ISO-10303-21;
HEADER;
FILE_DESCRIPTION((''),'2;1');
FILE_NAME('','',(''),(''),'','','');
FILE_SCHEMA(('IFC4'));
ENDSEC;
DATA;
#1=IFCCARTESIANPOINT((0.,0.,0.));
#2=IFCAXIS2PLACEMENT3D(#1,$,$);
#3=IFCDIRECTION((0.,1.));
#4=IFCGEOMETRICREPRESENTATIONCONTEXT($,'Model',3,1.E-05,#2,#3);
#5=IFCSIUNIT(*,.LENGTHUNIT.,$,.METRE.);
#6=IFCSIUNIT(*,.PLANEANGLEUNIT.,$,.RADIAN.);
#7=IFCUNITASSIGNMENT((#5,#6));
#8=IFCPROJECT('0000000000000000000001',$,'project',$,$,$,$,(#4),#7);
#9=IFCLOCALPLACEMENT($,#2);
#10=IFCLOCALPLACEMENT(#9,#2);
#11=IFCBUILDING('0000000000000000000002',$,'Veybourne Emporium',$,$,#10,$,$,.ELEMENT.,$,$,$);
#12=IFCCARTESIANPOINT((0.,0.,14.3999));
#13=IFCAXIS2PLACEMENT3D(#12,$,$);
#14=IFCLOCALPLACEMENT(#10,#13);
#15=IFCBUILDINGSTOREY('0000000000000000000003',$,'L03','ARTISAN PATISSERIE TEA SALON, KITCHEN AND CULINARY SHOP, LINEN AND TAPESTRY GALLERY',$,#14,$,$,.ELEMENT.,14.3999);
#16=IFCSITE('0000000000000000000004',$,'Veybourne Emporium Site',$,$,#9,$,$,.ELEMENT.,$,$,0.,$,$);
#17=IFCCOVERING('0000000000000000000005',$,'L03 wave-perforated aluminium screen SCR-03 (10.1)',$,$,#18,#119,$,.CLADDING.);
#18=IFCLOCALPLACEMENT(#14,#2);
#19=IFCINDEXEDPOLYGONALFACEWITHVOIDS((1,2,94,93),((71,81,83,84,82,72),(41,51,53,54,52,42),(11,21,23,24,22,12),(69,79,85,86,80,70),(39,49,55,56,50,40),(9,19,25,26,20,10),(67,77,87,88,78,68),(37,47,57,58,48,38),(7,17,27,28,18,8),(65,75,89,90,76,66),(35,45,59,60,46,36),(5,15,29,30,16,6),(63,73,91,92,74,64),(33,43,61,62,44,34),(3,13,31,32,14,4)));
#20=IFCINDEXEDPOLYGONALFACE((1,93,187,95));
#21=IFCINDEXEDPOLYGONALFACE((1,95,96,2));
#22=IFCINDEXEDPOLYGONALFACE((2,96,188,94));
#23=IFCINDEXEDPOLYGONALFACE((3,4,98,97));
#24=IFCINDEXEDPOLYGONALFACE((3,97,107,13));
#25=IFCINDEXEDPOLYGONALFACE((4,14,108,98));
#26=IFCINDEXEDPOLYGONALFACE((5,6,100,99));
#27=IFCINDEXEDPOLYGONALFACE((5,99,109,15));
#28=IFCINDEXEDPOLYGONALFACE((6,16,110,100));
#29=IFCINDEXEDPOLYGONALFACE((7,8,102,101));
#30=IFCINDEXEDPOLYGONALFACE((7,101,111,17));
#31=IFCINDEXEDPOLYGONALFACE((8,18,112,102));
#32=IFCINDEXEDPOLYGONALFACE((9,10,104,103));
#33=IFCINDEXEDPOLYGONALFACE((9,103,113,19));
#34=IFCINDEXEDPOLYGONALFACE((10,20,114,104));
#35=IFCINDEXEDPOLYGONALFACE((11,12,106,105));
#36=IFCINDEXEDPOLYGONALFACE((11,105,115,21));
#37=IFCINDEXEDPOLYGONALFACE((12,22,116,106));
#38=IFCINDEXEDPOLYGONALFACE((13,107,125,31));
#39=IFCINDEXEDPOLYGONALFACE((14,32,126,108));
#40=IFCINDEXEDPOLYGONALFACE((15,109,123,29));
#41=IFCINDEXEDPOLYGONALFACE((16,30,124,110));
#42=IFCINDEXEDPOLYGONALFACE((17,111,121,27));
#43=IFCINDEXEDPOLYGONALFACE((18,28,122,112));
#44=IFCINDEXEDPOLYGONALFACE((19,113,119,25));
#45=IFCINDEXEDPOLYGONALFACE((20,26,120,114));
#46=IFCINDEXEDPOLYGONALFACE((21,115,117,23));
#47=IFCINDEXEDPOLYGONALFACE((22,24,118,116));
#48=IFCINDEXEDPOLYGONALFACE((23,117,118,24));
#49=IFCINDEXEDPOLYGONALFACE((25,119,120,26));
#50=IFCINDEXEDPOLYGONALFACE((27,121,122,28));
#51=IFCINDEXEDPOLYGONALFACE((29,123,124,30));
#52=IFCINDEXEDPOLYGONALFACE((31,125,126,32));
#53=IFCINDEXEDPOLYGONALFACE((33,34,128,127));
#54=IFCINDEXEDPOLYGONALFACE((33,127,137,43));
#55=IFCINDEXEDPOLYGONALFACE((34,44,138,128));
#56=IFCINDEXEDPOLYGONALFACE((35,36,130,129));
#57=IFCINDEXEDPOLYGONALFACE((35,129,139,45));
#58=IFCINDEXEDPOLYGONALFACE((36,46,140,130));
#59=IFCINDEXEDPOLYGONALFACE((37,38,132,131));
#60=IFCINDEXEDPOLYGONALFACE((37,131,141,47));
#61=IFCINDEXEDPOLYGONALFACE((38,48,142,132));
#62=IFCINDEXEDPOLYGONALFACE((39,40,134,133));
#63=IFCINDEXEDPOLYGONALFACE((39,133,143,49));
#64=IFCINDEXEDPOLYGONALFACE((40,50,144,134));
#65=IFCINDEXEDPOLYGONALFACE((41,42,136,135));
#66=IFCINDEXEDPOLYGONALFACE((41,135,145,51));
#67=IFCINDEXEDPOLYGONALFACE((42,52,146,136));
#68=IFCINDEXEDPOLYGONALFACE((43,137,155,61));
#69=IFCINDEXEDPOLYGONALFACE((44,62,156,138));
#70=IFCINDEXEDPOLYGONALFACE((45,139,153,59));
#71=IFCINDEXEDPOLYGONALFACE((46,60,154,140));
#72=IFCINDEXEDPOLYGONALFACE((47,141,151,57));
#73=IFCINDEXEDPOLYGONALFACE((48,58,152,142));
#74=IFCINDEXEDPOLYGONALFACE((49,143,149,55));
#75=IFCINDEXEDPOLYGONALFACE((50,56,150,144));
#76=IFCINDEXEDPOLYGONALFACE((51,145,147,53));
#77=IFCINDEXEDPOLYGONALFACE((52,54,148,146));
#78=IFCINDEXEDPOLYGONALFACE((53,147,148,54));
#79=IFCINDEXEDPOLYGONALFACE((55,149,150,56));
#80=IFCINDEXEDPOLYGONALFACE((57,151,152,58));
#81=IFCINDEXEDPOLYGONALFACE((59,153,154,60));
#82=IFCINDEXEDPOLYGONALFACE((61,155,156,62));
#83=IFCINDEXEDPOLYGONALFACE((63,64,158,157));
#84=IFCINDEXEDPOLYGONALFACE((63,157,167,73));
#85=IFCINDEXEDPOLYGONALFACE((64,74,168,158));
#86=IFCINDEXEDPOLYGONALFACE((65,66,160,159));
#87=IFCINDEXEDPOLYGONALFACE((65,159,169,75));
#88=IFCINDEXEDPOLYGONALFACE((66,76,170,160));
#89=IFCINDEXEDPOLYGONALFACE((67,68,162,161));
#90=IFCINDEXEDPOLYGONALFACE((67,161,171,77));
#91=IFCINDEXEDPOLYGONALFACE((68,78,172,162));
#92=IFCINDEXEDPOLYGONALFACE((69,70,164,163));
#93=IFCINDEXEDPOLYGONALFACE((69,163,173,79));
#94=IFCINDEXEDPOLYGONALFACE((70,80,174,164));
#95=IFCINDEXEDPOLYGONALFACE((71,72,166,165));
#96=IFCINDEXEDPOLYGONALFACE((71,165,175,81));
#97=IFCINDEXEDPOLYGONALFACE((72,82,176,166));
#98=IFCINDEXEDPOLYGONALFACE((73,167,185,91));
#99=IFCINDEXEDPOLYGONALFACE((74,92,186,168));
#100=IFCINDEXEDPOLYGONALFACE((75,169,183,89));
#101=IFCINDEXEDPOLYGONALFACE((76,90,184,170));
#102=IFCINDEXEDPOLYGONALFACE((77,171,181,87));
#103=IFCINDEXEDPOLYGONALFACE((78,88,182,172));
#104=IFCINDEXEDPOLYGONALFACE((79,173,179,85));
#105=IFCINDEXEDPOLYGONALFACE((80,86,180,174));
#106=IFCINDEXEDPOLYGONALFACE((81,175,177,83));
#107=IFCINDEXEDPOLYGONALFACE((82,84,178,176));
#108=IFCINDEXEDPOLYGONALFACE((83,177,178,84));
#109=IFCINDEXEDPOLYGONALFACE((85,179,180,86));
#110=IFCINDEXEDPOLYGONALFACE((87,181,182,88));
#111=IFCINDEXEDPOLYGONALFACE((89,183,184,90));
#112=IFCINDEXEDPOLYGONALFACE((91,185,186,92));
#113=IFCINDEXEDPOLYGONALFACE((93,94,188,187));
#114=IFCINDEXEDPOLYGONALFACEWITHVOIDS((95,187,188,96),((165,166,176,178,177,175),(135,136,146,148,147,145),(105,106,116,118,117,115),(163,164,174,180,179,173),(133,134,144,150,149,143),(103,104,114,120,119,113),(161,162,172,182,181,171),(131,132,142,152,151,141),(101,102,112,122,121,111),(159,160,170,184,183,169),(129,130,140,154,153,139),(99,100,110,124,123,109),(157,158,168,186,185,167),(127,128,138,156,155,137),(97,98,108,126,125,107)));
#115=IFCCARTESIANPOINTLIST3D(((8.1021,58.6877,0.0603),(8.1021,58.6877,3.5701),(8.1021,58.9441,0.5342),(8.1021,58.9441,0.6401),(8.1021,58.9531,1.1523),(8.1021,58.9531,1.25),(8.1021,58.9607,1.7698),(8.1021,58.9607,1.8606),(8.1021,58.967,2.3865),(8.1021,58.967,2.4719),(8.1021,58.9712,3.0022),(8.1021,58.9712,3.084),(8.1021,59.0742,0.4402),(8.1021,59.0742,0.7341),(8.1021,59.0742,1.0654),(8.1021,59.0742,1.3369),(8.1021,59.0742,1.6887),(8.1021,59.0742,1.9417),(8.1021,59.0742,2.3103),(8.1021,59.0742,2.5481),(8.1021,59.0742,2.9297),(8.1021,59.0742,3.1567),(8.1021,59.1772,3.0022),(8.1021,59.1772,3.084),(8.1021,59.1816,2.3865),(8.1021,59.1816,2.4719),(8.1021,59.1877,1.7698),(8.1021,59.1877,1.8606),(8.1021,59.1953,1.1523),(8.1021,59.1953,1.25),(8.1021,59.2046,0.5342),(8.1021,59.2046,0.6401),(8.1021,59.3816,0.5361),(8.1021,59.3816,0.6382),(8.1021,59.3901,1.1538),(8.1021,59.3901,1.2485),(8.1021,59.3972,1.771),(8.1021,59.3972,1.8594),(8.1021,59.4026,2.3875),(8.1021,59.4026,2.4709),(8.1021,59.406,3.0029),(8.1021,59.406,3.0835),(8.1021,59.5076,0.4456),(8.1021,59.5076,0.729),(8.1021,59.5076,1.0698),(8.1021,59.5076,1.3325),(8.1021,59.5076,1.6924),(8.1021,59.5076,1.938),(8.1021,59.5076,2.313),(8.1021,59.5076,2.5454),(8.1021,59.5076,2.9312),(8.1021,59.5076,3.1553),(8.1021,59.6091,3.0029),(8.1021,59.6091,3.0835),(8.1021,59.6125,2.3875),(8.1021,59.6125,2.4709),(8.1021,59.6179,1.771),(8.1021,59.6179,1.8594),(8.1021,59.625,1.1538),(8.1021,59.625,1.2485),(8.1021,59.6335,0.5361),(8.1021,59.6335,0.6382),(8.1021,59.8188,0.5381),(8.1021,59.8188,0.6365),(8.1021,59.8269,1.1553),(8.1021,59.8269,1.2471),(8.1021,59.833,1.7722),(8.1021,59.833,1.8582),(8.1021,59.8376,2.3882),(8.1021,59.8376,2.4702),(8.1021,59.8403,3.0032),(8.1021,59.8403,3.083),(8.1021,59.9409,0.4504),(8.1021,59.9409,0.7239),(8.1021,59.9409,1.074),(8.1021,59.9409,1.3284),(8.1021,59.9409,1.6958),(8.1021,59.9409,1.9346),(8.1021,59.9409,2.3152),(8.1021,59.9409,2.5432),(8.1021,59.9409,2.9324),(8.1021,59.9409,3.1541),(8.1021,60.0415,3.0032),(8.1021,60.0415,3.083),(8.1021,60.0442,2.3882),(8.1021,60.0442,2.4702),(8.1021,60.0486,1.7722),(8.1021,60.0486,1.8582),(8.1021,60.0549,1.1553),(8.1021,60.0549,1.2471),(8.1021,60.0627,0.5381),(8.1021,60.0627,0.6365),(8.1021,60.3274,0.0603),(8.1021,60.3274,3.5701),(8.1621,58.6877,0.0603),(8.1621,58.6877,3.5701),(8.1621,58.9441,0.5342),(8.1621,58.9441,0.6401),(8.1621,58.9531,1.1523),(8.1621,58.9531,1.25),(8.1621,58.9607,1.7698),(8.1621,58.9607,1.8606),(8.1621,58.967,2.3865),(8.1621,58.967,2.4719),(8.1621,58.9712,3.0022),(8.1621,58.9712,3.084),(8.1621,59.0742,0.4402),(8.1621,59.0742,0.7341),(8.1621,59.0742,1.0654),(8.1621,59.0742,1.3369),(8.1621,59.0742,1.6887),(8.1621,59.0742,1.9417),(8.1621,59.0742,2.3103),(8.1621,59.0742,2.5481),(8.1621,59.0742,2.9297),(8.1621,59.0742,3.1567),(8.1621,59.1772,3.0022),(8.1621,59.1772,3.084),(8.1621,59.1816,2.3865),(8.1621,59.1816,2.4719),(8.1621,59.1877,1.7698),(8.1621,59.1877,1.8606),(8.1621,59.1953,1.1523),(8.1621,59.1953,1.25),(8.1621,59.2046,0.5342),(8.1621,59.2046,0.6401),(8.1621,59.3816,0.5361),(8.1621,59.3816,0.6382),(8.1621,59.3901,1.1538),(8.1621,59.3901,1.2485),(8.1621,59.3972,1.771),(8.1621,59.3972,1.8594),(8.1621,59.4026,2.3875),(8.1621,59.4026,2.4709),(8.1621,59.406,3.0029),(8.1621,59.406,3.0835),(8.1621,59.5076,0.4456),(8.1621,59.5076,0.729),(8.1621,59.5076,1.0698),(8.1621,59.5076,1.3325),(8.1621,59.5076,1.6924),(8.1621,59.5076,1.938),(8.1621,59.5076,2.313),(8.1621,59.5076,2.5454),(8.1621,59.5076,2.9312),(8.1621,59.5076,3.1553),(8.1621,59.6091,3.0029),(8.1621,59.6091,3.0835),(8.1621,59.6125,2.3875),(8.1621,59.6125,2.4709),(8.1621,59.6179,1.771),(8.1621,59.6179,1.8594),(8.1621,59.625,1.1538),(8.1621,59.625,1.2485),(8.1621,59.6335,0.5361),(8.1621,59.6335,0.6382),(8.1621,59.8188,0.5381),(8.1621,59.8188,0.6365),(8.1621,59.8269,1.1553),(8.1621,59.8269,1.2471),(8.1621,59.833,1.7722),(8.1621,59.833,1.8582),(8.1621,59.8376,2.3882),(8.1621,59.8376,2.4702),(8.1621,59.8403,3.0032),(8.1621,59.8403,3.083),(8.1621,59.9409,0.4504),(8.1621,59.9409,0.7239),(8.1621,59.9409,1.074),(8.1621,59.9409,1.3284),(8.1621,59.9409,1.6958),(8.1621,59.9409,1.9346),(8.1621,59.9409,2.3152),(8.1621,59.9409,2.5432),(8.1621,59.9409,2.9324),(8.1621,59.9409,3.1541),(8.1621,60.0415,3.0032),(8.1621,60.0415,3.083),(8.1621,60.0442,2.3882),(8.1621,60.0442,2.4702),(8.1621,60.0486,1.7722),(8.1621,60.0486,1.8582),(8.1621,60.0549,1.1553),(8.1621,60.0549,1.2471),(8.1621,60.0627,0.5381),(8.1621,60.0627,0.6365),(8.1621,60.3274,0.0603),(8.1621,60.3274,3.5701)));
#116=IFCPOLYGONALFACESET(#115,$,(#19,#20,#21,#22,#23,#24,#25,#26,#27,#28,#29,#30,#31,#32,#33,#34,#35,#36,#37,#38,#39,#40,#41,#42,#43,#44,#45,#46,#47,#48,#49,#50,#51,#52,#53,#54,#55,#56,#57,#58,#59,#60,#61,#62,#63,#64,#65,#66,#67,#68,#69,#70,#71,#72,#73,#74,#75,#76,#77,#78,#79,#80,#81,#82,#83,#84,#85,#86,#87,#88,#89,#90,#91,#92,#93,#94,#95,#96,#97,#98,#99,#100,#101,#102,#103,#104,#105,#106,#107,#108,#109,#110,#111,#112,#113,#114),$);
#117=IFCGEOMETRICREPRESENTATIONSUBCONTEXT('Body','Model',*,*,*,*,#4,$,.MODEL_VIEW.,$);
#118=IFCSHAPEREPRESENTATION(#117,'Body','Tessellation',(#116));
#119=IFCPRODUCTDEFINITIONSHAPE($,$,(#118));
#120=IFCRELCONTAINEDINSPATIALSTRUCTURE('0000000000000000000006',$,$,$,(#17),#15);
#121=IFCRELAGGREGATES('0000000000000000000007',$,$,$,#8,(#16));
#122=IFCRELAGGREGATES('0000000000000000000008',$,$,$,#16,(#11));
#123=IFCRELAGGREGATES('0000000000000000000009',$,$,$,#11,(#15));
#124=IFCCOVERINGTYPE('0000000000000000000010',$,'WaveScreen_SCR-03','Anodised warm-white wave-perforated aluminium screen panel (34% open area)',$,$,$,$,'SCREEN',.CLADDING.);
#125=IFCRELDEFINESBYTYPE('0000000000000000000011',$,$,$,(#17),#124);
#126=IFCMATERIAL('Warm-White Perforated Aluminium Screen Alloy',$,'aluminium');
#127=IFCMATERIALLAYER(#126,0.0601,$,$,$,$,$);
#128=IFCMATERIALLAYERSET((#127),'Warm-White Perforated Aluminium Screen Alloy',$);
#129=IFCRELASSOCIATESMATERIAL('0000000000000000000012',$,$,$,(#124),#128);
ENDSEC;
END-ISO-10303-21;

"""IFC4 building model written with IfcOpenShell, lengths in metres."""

from ifc_helpers import new_model, si_unit, direction, frame, origin, place, context, subcontext, project, spatial, polyline, outline, extrude, material, layer, layer_set, type_object, element, save


model = new_model("IFC4")

# Units and contexts
model_context = context("Model", 3, precision=1e-05, world=origin(), true_north=direction((0.0, 1.0)))
body_context = subcontext(model_context, "Body", "Model", "MODEL_VIEW")
ifc_project = project(units=[si_unit("LENGTHUNIT", "METRE"), si_unit("PLANEANGLEUNIT", "RADIAN")], contexts=[model_context])

# Site, building, storey
site_placement = place(None, origin())
site = spatial("IfcSite", under=ifc_project, at=site_placement, Name="Veybourne Emporium Site", CompositionType="ELEMENT", RefElevation=0.0)
building_placement = place(site_placement, origin())
building = spatial("IfcBuilding", under=site, at=building_placement, Name="Veybourne Emporium", CompositionType="ELEMENT")
storey_placement = place(building_placement, frame((0.0, 0.0, 14.3999)))
storey = spatial("IfcBuildingStorey", under=building, at=storey_placement, Name="L03", Description="ARTISAN PATISSERIE TEA SALON, KITCHEN AND CULINARY SHOP, LINEN AND TAPESTRY GALLERY", CompositionType="ELEMENT", Elevation=14.3999)

# Covering
ifc_material_1 = material(Name="Warm-White Perforated Aluminium Screen Alloy", Category="aluminium")
ifc_layer_1 = layer(ifc_material_1, 0.0601)
ifc_layer_set_1 = layer_set([ifc_layer_1], Name="Warm-White Perforated Aluminium Screen Alloy")
covering_type_1 = type_object("IfcCoveringType", Name="WaveScreen_SCR-03", Description="Anodised warm-white wave-perforated aluminium screen panel (34% open area)", ElementType="SCREEN", PredefinedType="CLADDING", material=ifc_layer_set_1)
covering_1_placement = place(storey_placement, frame((8.1021, 59.5076, 1.8152), z_axis=(1.0, 0.0, 0.0), x_axis=(0.0, 1.0, 0.0)))
element("IfcCovering", 1, at=covering_1_placement, inside=storey, type_object=covering_type_1, Name="L03 wave-perforated aluminium screen SCR-03 (10.1)", PredefinedType="CLADDING", context=body_context, shape_type="SweptSolid", body=[
    extrude(outline(polyline([(-0.8198, -1.7549), (0.8198, -1.7549), (0.8198, 1.7549), (-0.8198, 1.7549), (-0.8198, -1.7549)]), holes=[polyline([(-0.4333, -1.0811), (-0.303, -1.175), (-0.303, -1.281), (-0.4333, -1.375), (-0.5635, -1.281), (-0.5635, -1.175), (-0.4333, -1.0811)]), polyline([(-0.4333, -0.4783), (-0.3123, -0.5652), (-0.3123, -0.6628), (-0.4333, -0.7498), (-0.5544, -0.6628), (-0.5544, -0.5652), (-0.4333, -0.4783)]), polyline([(-0.4333, 0.1265), (-0.3198, 0.0454), (-0.3198, -0.0454), (-0.4333, -0.1265), (-0.5469, -0.0454), (-0.5469, 0.0454), (-0.4333, 0.1265)]), polyline([(-0.4333, 0.7329), (-0.3259, 0.6567), (-0.3259, 0.5713), (-0.4333, 0.4951), (-0.5405, 0.5713), (-0.5405, 0.6567), (-0.4333, 0.7329)]), polyline([(-0.4333, 1.3416), (-0.3303, 1.2688), (-0.3303, 1.187), (-0.4333, 1.1145), (-0.5364, 1.187), (-0.5364, 1.2688), (-0.4333, 1.3416)]), polyline([(0.0, -1.0862), (0.126, -1.177), (0.126, -1.2791), (0.0, -1.3696), (-0.126, -1.2791), (-0.126, -1.177), (0.0, -1.0862)]), polyline([(0.0, -0.4827), (0.1174, -0.5667), (0.1174, -0.6614), (0.0, -0.7454), (-0.1174, -0.6614), (-0.1174, -0.5667), (0.0, -0.4827)]), polyline([(0.0, 0.1228), (0.1104, 0.0442), (0.1104, -0.0442), (0.0, -0.1228), (-0.1104, -0.0442), (-0.1104, 0.0442), (0.0, 0.1228)]), polyline([(0.0, 0.7302), (0.105, 0.6558), (0.105, 0.5723), (0.0, 0.4978), (-0.105, 0.5723), (-0.105, 0.6558), (0.0, 0.7302)]), polyline([(0.0, 1.3401), (0.1016, 1.2683), (0.1016, 1.1877), (0.0, 1.116), (-0.1016, 1.1877), (-0.1016, 1.2683), (0.0, 1.3401)]), polyline([(0.4333, -1.0913), (0.5552, -1.1787), (0.5552, -1.2771), (0.4333, -1.3647), (0.3113, -1.2771), (0.3113, -1.1787), (0.4333, -1.0913)]), polyline([(0.4333, -0.4868), (0.5474, -0.5681), (0.5474, -0.6599), (0.4333, -0.7412), (0.3193, -0.6599), (0.3193, -0.5681), (0.4333, -0.4868)]), polyline([(0.4333, 0.1194), (0.541, 0.043), (0.541, -0.043), (0.4333, -0.1194), (0.3254, -0.043), (0.3254, 0.043), (0.4333, 0.1194)]), polyline([(0.4333, 0.728), (0.5366, 0.655), (0.5366, 0.573), (0.4333, 0.5), (0.3301, 0.573), (0.3301, 0.655), (0.4333, 0.728)]), polyline([(0.4333, 1.3389), (0.5339, 1.2678), (0.5339, 1.188), (0.4333, 1.1172), (0.3328, 1.188), (0.3328, 1.2678), (0.4333, 1.3389)])]), origin(), (0.0, 0.0, 1.0), 0.0601),
])

save(model, "model.ifc")
